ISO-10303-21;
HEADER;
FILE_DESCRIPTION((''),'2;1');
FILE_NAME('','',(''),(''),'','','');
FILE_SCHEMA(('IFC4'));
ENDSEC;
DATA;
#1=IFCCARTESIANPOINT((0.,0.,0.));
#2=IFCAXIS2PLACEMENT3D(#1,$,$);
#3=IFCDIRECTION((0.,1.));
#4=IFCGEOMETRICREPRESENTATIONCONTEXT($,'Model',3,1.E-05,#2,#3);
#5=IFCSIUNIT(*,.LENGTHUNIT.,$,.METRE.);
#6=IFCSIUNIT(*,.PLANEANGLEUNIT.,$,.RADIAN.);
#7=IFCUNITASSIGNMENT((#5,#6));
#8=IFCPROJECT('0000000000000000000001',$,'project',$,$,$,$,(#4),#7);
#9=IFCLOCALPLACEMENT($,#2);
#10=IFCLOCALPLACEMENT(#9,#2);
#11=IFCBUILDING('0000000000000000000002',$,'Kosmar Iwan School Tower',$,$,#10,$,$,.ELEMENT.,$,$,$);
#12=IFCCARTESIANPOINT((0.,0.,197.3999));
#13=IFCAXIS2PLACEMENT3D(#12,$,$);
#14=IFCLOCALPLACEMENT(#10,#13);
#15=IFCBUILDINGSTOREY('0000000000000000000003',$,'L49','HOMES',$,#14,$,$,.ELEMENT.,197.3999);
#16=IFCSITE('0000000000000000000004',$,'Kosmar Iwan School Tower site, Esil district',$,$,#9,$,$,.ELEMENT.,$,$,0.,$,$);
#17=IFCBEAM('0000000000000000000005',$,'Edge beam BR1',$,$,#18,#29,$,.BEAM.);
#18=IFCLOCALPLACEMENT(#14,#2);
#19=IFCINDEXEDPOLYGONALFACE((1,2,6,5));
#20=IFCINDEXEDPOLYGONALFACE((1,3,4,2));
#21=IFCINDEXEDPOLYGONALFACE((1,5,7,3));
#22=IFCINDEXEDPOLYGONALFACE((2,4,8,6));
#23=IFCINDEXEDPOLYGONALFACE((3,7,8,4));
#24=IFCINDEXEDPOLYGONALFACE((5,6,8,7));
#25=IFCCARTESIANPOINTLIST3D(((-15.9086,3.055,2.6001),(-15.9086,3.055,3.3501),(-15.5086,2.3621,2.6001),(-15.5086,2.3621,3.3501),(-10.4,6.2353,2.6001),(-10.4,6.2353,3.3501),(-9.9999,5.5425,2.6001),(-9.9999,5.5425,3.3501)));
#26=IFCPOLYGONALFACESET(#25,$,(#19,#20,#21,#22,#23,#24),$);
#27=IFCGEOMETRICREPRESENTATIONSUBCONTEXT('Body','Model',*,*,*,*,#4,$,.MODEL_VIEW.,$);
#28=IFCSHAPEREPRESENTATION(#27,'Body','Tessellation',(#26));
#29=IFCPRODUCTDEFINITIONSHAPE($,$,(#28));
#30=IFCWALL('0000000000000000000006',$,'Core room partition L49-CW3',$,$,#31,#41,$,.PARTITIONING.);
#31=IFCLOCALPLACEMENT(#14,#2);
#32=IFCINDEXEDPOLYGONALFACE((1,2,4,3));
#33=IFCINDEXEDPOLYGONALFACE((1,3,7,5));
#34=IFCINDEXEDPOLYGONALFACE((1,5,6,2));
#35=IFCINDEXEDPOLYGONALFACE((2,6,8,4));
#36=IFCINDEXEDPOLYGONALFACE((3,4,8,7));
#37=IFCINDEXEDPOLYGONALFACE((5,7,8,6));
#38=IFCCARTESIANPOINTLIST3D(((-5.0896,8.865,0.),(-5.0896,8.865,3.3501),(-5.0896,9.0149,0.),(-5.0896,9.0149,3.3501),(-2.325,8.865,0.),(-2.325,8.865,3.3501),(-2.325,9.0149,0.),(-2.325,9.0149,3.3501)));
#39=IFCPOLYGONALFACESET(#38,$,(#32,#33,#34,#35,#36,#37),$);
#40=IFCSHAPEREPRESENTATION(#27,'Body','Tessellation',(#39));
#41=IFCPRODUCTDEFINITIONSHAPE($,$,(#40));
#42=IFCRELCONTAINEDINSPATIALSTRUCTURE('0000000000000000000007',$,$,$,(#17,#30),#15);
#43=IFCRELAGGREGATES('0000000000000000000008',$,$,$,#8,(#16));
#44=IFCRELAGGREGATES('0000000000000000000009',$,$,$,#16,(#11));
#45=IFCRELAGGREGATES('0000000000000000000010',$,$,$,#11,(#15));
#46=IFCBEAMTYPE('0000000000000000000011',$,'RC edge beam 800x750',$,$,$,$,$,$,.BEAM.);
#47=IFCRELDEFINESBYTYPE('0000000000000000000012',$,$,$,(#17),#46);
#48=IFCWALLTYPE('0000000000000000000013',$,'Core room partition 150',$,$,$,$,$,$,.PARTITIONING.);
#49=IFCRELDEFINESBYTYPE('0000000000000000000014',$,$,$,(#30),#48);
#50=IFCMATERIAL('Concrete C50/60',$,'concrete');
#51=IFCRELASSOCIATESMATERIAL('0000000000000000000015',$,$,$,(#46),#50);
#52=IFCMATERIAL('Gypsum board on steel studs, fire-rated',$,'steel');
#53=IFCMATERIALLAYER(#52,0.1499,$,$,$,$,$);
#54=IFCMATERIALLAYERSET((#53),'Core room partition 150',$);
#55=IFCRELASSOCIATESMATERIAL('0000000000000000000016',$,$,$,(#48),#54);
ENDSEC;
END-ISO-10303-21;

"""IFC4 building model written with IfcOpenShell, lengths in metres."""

from ifc_helpers import new_model, si_unit, direction, frame, frame_2d, origin, origin_2d, place, context, subcontext, project, spatial, rectangle, extrude, material, layer, layer_set, material_profile, profile_set, type_object, element, save


model = new_model("IFC4")

# Units and contexts
model_context = context("Model", 3, precision=1e-05, world=origin(), true_north=direction((0.0, 1.0)))
body_context = subcontext(model_context, "Body", "Model", "MODEL_VIEW")
ifc_project = project(units=[si_unit("LENGTHUNIT", "METRE"), si_unit("PLANEANGLEUNIT", "RADIAN")], contexts=[model_context])

# Site, building, storey
site_placement = place(None, origin())
site = spatial("IfcSite", under=ifc_project, at=site_placement, Name="Kosmar Iwan School Tower site, Esil district", CompositionType="ELEMENT", RefElevation=0.0)
building_placement = place(site_placement, origin())
building = spatial("IfcBuilding", under=site, at=building_placement, Name="Kosmar Iwan School Tower", CompositionType="ELEMENT")
storey_placement = place(building_placement, frame((0.0, 0.0, 197.3999)))
storey = spatial("IfcBuildingStorey", under=building, at=storey_placement, Name="L49", Description="HOMES", CompositionType="ELEMENT", Elevation=197.3999)

# Beam
ifc_material_1 = material(Name="Concrete C50/60", Category="concrete")
ifc_material_profile = material_profile(ifc_material_1, rectangle(XDim=0.8, YDim=0.75, at=origin_2d()), Name="RC 800x750")
ifc_profile_set = profile_set([ifc_material_profile], Name="Concrete C50/60")
beam_type = type_object("IfcBeamType", Name="RC edge beam 800x750", PredefinedType="BEAM", material=ifc_profile_set)
beam_placement = place(storey_placement, frame((-10.2, 5.8889, 2.9751), z_axis=(-0.866031, -0.49999, 0.0), x_axis=(0.49999, -0.866031, 0.0)))
element("IfcBeam", 1, at=beam_placement, inside=storey, type_object=beam_type, Name="Edge beam BR1", PredefinedType="BEAM", context=body_context, shape_type="SweptSolid", body=[
    extrude(rectangle(XDim=0.8, YDim=0.75, at=origin_2d()), origin(), (0.0, 0.0, 1.0), 6.3608),
])

# Wall
ifc_material_2 = material(Name="Gypsum board on steel studs, fire-rated", Category="steel")
ifc_layer_1 = layer(ifc_material_2, 0.1499)
ifc_layer_set_1 = layer_set([ifc_layer_1], Name="Core room partition 150")
wall_type_1 = type_object("IfcWallType", Name="Core room partition 150", PredefinedType="PARTITIONING", material=ifc_layer_set_1)
wall_1_placement = place(storey_placement, frame((-5.0896, 8.9399, 0.0), z_axis=(0.0, 0.0, 1.0), x_axis=(1.0, 0.0, 0.0)))
element("IfcWall", 2, at=wall_1_placement, inside=storey, type_object=wall_type_1, Name="Core room partition L49-CW3", PredefinedType="PARTITIONING", context=body_context, shape_type="SweptSolid", body=[
    extrude(rectangle(XDim=2.7646, YDim=0.1499, at=frame_2d((1.3823, 0.0))), origin(), (0.0, 0.0, 1.0), 3.3501),
])

save(model, "model.ifc")
